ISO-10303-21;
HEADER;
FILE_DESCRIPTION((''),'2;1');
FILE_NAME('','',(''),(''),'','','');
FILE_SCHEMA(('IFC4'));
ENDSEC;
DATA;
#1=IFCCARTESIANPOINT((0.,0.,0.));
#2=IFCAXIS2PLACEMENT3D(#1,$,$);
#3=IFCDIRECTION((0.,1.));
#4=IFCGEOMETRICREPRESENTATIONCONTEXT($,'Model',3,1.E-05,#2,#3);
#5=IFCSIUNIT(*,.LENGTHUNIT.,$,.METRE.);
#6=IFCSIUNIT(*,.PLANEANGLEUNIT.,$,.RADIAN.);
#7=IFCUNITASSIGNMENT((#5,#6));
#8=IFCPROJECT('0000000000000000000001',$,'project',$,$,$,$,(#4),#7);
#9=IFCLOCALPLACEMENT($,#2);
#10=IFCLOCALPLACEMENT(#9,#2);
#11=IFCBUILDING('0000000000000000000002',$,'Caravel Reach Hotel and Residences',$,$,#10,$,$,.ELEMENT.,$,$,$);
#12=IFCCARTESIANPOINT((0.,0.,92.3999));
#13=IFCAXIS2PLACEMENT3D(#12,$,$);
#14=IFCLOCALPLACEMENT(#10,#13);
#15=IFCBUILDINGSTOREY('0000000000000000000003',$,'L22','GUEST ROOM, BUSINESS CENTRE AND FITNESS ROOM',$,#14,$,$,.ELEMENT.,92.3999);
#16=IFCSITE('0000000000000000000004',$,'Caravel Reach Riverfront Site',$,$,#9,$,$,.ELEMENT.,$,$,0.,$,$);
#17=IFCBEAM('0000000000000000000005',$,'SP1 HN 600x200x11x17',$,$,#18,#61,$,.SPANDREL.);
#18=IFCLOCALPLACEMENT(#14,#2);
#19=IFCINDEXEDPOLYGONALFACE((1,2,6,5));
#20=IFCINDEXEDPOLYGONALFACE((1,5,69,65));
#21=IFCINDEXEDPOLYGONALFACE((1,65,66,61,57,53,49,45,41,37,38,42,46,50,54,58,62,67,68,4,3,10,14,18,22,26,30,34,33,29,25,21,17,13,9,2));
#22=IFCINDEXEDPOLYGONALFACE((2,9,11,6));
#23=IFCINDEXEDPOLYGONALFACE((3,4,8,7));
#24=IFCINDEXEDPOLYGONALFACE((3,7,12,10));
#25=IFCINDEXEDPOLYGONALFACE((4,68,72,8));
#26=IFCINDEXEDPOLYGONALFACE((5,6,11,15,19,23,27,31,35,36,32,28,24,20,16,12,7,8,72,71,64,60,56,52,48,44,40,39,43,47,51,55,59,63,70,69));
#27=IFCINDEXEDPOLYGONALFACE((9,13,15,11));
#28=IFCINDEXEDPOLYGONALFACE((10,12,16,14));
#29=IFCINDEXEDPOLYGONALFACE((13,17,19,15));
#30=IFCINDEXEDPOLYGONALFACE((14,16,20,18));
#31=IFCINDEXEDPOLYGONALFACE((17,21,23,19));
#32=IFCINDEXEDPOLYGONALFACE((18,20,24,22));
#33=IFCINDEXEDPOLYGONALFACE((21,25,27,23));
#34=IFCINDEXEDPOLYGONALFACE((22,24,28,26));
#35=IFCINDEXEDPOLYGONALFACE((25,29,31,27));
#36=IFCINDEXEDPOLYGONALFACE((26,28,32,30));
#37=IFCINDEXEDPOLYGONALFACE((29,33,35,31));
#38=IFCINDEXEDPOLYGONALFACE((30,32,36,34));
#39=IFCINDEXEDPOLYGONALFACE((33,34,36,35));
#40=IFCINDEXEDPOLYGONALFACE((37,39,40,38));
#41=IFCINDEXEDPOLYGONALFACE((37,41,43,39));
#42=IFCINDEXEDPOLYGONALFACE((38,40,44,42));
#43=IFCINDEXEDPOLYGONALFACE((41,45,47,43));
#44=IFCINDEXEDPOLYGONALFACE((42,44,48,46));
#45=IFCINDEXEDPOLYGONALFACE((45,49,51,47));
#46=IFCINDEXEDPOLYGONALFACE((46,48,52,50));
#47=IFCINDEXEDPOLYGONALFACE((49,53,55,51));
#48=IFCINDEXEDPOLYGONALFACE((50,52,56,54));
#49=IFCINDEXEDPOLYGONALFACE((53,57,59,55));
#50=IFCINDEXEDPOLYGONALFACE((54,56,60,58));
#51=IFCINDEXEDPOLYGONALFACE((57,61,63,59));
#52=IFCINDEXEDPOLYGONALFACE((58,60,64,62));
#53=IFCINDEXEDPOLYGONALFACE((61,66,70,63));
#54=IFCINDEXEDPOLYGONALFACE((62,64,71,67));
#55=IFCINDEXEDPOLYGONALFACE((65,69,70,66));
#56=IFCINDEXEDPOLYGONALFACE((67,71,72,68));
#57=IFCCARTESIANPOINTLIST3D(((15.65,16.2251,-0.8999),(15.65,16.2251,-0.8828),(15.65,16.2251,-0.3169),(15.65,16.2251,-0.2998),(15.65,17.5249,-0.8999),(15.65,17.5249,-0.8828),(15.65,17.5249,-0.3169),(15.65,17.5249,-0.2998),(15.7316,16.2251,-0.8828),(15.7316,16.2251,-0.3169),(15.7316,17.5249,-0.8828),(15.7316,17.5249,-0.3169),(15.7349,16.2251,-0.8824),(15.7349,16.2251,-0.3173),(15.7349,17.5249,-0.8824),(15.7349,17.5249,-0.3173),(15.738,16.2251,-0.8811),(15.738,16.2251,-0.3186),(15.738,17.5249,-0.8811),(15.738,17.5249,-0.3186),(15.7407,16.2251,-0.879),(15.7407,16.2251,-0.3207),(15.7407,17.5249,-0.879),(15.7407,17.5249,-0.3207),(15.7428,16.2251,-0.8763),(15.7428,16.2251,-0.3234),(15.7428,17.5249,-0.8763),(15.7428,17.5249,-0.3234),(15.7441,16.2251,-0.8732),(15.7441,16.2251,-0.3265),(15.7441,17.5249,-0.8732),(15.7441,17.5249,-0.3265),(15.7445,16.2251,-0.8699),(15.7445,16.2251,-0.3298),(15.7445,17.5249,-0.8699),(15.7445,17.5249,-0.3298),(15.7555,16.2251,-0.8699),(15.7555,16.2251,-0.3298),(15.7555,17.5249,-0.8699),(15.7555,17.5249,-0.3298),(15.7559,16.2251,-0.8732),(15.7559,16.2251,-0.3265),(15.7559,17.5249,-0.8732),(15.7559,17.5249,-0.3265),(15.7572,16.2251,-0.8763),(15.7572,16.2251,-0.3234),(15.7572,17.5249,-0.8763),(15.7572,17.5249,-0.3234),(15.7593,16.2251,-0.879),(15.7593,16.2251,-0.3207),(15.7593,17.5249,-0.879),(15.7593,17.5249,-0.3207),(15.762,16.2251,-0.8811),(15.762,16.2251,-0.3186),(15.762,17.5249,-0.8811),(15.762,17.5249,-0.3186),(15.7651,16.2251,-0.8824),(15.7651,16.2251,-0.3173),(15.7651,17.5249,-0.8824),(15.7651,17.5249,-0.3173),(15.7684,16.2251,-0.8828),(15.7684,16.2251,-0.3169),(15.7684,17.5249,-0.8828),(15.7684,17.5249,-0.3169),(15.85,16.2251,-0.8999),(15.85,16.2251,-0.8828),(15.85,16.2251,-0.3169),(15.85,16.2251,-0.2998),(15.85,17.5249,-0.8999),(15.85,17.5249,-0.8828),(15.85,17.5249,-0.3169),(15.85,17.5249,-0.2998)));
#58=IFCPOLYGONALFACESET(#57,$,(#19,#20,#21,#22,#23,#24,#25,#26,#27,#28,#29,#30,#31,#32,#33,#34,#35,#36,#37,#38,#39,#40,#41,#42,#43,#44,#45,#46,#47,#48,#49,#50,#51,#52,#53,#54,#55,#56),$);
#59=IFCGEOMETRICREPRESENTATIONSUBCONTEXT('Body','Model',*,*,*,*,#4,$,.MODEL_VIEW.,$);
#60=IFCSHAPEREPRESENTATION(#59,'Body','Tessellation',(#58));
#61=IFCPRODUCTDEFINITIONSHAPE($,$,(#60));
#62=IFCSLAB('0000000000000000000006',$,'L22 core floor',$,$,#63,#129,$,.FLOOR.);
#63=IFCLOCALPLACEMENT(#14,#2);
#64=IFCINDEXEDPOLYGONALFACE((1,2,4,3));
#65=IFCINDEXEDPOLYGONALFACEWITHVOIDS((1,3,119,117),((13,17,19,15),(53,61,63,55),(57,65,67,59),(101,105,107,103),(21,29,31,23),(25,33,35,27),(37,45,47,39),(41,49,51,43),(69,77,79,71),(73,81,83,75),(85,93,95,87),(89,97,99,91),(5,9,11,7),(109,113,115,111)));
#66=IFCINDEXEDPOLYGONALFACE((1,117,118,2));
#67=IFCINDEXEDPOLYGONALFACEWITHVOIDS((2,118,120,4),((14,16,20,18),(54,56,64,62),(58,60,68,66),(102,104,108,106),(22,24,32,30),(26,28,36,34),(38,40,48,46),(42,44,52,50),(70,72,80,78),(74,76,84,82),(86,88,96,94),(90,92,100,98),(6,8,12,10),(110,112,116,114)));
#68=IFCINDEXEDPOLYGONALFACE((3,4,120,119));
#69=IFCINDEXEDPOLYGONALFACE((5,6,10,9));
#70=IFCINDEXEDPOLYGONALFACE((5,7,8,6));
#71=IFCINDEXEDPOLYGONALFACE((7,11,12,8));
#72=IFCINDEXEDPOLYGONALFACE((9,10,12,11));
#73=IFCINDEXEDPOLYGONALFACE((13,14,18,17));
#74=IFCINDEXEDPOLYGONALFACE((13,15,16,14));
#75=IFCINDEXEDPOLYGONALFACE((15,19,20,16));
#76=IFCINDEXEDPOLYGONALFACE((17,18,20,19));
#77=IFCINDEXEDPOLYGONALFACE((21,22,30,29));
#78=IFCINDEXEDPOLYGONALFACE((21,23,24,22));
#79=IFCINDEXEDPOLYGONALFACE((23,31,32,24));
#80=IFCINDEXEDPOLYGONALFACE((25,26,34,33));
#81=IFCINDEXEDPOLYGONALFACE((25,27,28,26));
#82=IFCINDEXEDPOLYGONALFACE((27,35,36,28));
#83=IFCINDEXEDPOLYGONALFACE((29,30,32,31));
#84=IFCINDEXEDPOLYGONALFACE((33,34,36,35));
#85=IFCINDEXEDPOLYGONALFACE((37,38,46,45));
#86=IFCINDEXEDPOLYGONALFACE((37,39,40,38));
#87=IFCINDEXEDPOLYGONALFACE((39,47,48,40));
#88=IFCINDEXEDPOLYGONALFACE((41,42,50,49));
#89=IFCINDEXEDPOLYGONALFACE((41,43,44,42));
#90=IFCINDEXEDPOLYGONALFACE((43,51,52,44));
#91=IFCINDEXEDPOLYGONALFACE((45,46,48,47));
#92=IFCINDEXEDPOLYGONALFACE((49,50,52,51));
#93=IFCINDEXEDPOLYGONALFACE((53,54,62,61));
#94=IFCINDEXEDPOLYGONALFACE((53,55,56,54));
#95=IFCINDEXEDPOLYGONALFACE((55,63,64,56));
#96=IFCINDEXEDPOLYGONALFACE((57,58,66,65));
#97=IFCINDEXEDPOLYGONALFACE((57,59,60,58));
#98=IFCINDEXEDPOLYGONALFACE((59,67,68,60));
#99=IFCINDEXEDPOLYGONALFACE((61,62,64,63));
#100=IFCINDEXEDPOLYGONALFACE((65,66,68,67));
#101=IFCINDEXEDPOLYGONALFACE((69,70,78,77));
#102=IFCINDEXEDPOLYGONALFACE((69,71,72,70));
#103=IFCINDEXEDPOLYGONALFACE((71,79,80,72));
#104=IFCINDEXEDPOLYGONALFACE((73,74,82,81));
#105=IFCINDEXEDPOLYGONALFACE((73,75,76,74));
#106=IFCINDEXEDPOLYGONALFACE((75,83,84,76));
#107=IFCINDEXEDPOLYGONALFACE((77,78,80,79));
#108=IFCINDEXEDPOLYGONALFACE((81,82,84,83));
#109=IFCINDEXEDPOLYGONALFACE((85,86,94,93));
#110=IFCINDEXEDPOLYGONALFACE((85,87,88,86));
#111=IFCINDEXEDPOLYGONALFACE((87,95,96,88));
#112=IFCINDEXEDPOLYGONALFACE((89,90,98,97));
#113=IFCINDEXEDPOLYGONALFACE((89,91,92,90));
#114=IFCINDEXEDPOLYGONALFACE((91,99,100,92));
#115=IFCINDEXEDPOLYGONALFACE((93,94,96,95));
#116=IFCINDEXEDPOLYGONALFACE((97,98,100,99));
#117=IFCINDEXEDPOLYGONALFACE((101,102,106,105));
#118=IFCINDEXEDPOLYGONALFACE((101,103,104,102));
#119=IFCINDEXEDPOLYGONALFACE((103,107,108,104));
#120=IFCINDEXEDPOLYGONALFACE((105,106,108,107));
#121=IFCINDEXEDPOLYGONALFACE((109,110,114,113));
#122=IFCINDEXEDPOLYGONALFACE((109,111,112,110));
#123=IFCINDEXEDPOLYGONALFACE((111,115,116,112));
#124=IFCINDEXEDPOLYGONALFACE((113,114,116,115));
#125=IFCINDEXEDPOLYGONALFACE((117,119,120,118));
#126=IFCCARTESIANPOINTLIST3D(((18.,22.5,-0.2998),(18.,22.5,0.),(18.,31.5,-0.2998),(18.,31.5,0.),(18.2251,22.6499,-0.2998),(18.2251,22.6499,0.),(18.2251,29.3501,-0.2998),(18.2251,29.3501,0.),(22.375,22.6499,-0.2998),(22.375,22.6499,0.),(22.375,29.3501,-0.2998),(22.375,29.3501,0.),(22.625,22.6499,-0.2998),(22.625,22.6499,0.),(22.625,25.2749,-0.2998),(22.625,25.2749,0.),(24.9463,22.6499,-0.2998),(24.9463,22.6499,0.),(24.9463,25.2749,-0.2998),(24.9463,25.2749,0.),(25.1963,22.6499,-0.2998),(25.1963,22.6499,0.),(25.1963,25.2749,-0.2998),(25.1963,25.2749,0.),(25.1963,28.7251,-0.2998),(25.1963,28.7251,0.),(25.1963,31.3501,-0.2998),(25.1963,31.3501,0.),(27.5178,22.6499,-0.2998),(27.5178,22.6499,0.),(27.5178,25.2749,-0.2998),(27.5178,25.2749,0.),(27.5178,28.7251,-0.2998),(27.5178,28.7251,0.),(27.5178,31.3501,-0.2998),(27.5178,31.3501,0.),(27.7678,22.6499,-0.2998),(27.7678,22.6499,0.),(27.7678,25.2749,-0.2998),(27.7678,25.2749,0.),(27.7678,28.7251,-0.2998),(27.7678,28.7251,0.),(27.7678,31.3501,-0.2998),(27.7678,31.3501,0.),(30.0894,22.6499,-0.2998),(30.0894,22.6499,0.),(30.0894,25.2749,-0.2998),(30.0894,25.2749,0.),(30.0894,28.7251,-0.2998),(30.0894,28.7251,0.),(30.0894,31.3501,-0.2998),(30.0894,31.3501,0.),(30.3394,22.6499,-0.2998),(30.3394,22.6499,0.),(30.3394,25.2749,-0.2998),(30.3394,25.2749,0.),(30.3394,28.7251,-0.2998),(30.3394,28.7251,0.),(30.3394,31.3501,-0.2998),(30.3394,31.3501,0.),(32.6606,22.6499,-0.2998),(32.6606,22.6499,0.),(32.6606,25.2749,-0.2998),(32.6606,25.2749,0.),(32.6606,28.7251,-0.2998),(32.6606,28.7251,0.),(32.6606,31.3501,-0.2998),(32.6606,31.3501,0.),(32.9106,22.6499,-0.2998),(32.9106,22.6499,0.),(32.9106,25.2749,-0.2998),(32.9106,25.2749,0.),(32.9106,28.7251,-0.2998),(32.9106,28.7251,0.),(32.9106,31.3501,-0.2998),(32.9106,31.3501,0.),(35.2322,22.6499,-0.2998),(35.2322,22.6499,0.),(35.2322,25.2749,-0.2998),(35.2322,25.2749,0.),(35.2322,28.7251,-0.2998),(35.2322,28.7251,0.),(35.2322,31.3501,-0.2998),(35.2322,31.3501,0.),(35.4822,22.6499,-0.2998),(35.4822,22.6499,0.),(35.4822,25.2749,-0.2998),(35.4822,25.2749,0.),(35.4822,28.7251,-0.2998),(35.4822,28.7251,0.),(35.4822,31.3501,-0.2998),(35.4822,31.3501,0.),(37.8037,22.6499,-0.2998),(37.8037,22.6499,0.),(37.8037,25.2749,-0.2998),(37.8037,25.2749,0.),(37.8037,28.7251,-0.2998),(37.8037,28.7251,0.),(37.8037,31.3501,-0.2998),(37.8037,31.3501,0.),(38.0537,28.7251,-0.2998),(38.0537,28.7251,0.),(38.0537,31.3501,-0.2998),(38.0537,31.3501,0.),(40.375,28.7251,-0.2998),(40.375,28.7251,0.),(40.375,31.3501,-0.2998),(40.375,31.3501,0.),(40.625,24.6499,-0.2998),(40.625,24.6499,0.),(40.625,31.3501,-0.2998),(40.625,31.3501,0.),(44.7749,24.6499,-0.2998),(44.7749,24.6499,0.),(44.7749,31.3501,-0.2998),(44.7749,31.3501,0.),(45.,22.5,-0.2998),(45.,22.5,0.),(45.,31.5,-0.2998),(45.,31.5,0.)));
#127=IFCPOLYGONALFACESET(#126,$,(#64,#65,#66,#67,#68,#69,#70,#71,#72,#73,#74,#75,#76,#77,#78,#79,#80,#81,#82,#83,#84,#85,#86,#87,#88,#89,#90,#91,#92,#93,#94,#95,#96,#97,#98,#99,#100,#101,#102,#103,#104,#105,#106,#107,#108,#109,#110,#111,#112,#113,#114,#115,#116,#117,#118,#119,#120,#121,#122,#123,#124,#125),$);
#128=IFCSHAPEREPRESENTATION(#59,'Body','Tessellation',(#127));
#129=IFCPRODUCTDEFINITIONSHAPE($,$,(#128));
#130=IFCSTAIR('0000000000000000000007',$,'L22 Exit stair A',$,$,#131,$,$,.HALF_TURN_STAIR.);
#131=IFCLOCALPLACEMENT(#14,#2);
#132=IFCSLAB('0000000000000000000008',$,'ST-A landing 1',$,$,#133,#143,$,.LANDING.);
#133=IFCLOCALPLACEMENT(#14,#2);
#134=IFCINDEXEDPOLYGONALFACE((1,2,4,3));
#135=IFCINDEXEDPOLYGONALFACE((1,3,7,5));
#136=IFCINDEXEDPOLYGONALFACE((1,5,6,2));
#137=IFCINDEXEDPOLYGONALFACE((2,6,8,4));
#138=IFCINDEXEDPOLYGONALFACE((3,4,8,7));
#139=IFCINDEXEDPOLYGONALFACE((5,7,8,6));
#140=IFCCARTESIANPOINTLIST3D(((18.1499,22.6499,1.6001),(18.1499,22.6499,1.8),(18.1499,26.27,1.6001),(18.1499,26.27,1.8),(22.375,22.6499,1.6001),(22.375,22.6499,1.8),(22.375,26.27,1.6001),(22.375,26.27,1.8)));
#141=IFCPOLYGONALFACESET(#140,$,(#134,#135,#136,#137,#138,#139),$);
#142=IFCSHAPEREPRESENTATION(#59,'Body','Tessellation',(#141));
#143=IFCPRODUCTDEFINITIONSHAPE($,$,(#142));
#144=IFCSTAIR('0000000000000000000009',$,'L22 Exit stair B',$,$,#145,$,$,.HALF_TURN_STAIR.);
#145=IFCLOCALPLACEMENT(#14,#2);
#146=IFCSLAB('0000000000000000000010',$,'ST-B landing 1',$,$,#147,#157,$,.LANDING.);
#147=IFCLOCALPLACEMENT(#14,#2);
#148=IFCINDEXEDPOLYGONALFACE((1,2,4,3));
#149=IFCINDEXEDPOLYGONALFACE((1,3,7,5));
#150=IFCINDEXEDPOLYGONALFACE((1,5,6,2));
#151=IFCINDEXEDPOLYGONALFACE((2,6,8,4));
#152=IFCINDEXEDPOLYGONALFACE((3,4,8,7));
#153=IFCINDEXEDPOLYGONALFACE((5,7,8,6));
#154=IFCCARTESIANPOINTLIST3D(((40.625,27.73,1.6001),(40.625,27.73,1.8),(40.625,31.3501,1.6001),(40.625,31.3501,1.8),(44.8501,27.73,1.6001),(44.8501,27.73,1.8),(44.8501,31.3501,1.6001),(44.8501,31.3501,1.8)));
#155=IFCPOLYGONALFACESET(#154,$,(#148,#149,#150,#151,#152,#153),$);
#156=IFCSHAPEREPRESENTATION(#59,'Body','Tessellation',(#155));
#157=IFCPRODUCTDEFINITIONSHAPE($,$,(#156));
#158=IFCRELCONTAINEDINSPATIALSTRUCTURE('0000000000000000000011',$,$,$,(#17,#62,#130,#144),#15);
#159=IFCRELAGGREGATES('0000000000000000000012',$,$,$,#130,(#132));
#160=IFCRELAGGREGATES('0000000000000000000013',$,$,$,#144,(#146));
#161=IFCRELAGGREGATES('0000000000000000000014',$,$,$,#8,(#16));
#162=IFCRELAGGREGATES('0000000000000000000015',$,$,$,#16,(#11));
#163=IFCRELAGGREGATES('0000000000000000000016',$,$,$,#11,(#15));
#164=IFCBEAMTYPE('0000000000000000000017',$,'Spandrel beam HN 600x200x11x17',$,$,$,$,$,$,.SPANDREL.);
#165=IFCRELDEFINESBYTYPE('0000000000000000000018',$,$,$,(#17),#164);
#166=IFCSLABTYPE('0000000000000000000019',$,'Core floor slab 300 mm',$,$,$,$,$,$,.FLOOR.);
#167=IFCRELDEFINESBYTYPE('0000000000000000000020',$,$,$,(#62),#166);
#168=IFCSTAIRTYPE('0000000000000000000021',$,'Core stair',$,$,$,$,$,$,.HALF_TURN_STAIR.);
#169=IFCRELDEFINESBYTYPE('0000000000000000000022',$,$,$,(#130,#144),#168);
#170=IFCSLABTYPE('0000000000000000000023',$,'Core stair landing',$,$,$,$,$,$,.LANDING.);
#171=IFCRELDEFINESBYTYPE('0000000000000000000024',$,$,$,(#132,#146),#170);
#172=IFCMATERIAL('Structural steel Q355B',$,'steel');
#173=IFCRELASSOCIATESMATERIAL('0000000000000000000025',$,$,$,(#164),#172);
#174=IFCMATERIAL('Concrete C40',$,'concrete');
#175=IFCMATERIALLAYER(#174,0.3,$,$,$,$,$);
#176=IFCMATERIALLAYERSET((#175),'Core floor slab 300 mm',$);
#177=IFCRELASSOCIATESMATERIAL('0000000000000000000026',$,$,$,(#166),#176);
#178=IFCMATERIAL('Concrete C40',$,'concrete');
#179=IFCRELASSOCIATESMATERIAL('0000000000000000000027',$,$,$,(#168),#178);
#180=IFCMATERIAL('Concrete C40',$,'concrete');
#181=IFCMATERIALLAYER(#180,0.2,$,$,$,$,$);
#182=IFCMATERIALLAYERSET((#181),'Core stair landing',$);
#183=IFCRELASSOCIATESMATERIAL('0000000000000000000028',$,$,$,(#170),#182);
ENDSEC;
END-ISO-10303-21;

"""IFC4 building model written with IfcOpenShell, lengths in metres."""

from ifc_helpers import new_model, si_unit, direction, frame, origin, origin_2d, place, context, subcontext, project, spatial, polyline, i_section, outline, extrude, material, layer, layer_set, material_profile, profile_set, type_object, element, aggregate, save


model = new_model("IFC4")

# Units and contexts
model_context = context("Model", 3, precision=1e-05, world=origin(), true_north=direction((0.0, 1.0)))
body_context = subcontext(model_context, "Body", "Model", "MODEL_VIEW")
ifc_project = project(units=[si_unit("LENGTHUNIT", "METRE"), si_unit("PLANEANGLEUNIT", "RADIAN")], contexts=[model_context])

# Site, building, storey
site_placement = place(None, origin())
site = spatial("IfcSite", under=ifc_project, at=site_placement, Name="Caravel Reach Riverfront Site", CompositionType="ELEMENT", RefElevation=0.0)
building_placement = place(site_placement, origin())
building = spatial("IfcBuilding", under=site, at=building_placement, Name="Caravel Reach Hotel and Residences", CompositionType="ELEMENT")
storey_placement = place(building_placement, frame((0.0, 0.0, 92.3999)))
storey = spatial("IfcBuildingStorey", under=building, at=storey_placement, Name="L22", Description="GUEST ROOM, BUSINESS CENTRE AND FITNESS ROOM", CompositionType="ELEMENT", Elevation=92.3999)

# Beam
ifc_material_1 = material(Name="Structural steel Q355B", Category="steel")
ifc_material_profile_1 = material_profile(ifc_material_1, i_section(OverallWidth=0.2, OverallDepth=0.6001, WebThickness=0.011, FlangeThickness=0.0171, FilletRadius=0.0129, at=origin_2d()), Name="HN 600x200x11x17")
ifc_profile_set_1 = profile_set([ifc_material_profile_1], Name="Structural steel Q355B")
beam_type = type_object("IfcBeamType", Name="Spandrel beam HN 600x200x11x17", PredefinedType="SPANDREL", material=ifc_profile_set_1)
for number, where, z_axis, x_axis, name in (
    (1, (15.75, 17.5249, -0.5999), (0.0, -1.0, 0.0), (1.0, 0.0, 0.0), "SP1 HN 600x200x11x17"),
):
    element("IfcBeam", number, at=place(storey_placement, frame(where, z_axis=z_axis, x_axis=x_axis)), inside=storey, type_object=beam_type, Name=name, PredefinedType="SPANDREL", context=body_context, shape_type="SweptSolid", body=[
        extrude(i_section(OverallWidth=0.2, OverallDepth=0.6001, WebThickness=0.011, FlangeThickness=0.0171, FilletRadius=0.0129, at=origin_2d()), origin(), (0.0, 0.0, 1.0), 1.2998),
    ])

# Slab
ifc_material_2 = material(Name="Concrete C40", Category="concrete")
ifc_layer_1 = layer(ifc_material_2, 0.3)
ifc_layer_set_1 = layer_set([ifc_layer_1], Name="Core floor slab 300 mm")
slab_type_1 = type_object("IfcSlabType", Name="Core floor slab 300 mm", PredefinedType="FLOOR", material=ifc_layer_set_1)
slab_1_placement = place(storey_placement, frame((0.0, 0.0, -0.2998)))
element("IfcSlab", 2, at=slab_1_placement, inside=storey, type_object=slab_type_1, Name="L22 core floor", PredefinedType="FLOOR", context=body_context, shape_type="SweptSolid", body=[
    extrude(outline(polyline([(18.0, 31.5), (45.0, 31.5), (45.0, 22.5), (18.0, 22.5), (18.0, 31.5)]), holes=[polyline([(22.625, 25.2749), (22.625, 22.6499), (24.9463, 22.6499), (24.9463, 25.2749), (22.625, 25.2749)]), polyline([(27.5178, 25.2749), (25.1963, 25.2749), (25.1963, 22.6499), (27.5178, 22.6499), (27.5178, 25.2749)]), polyline([(30.0894, 25.2749), (27.7678, 25.2749), (27.7678, 22.6499), (30.0894, 22.6499), (30.0894, 25.2749)]), polyline([(32.6606, 25.2749), (30.3394, 25.2749), (30.3394, 22.6499), (32.6606, 22.6499), (32.6606, 25.2749)]), polyline([(18.2251, 22.6499), (22.375, 22.6499), (22.375, 29.3501), (18.2251, 29.3501), (18.2251, 22.6499)]), polyline([(27.5178, 31.3501), (25.1963, 31.3501), (25.1963, 28.7251), (27.5178, 28.7251), (27.5178, 31.3501)]), polyline([(30.0894, 31.3501), (27.7678, 31.3501), (27.7678, 28.7251), (30.0894, 28.7251), (30.0894, 31.3501)]), polyline([(32.9106, 25.2749), (32.9106, 22.6499), (35.2322, 22.6499), (35.2322, 25.2749), (32.9106, 25.2749)]), polyline([(37.8037, 25.2749), (35.4822, 25.2749), (35.4822, 22.6499), (37.8037, 22.6499), (37.8037, 25.2749)]), polyline([(44.7749, 31.3501), (40.625, 31.3501), (40.625, 24.6499), (44.7749, 24.6499), (44.7749, 31.3501)]), polyline([(32.6606, 31.3501), (30.3394, 31.3501), (30.3394, 28.7251), (32.6606, 28.7251), (32.6606, 31.3501)]), polyline([(35.2322, 31.3501), (32.9106, 31.3501), (32.9106, 28.7251), (35.2322, 28.7251), (35.2322, 31.3501)]), polyline([(37.8037, 31.3501), (35.4822, 31.3501), (35.4822, 28.7251), (37.8037, 28.7251), (37.8037, 31.3501)]), polyline([(40.375, 31.3501), (38.0537, 31.3501), (38.0537, 28.7251), (40.375, 28.7251), (40.375, 31.3501)])]), origin(), (0.0, 0.0, 1.0), 0.2998),
])

# Stairs, slabs
ifc_material_3 = material(Name="Concrete C40", Category="concrete")
stair_type = type_object("IfcStairType", Name="Core stair", PredefinedType="HALF_TURN_STAIR", material=ifc_material_3)
stair_1_placement = place(storey_placement, origin())
stair_1 = element("IfcStair", 3, at=stair_1_placement, inside=storey, type_object=stair_type, Name="L22 Exit stair A", PredefinedType="HALF_TURN_STAIR")
ifc_material_4 = material(Name="Concrete C40", Category="concrete")
ifc_layer_2 = layer(ifc_material_4, 0.2)
ifc_layer_set_2 = layer_set([ifc_layer_2], Name="Core stair landing")
slab_type_2 = type_object("IfcSlabType", Name="Core stair landing", PredefinedType="LANDING", material=ifc_layer_set_2)
slab_2_placement = place(storey_placement, frame((0.0, 0.0, 1.6001)))
slab_2 = element("IfcSlab", 4, at=slab_2_placement, type_object=slab_type_2, Name="ST-A landing 1", PredefinedType="LANDING", context=body_context, shape_type="SweptSolid", body=[
    extrude(outline(polyline([(18.1499, 26.27), (18.1499, 22.6499), (22.375, 22.6499), (22.375, 26.27), (18.1499, 26.27)])), origin(), (0.0, 0.0, 1.0), 0.2),
])
aggregate(stair_1, [slab_2])
stair_2_placement = place(storey_placement, origin())
stair_2 = element("IfcStair", 5, at=stair_2_placement, inside=storey, type_object=stair_type, Name="L22 Exit stair B", PredefinedType="HALF_TURN_STAIR")
slab_3_placement = place(storey_placement, frame((0.0, 0.0, 1.6001)))
slab_3 = element("IfcSlab", 6, at=slab_3_placement, type_object=slab_type_2, Name="ST-B landing 1", PredefinedType="LANDING", context=body_context, shape_type="SweptSolid", body=[
    extrude(outline(polyline([(44.8501, 27.73), (44.8501, 31.3501), (40.625, 31.3501), (40.625, 27.73), (44.8501, 27.73)])), origin(), (0.0, 0.0, 1.0), 0.2),
])
aggregate(stair_2, [slab_3])

save(model, "model.ifc")
